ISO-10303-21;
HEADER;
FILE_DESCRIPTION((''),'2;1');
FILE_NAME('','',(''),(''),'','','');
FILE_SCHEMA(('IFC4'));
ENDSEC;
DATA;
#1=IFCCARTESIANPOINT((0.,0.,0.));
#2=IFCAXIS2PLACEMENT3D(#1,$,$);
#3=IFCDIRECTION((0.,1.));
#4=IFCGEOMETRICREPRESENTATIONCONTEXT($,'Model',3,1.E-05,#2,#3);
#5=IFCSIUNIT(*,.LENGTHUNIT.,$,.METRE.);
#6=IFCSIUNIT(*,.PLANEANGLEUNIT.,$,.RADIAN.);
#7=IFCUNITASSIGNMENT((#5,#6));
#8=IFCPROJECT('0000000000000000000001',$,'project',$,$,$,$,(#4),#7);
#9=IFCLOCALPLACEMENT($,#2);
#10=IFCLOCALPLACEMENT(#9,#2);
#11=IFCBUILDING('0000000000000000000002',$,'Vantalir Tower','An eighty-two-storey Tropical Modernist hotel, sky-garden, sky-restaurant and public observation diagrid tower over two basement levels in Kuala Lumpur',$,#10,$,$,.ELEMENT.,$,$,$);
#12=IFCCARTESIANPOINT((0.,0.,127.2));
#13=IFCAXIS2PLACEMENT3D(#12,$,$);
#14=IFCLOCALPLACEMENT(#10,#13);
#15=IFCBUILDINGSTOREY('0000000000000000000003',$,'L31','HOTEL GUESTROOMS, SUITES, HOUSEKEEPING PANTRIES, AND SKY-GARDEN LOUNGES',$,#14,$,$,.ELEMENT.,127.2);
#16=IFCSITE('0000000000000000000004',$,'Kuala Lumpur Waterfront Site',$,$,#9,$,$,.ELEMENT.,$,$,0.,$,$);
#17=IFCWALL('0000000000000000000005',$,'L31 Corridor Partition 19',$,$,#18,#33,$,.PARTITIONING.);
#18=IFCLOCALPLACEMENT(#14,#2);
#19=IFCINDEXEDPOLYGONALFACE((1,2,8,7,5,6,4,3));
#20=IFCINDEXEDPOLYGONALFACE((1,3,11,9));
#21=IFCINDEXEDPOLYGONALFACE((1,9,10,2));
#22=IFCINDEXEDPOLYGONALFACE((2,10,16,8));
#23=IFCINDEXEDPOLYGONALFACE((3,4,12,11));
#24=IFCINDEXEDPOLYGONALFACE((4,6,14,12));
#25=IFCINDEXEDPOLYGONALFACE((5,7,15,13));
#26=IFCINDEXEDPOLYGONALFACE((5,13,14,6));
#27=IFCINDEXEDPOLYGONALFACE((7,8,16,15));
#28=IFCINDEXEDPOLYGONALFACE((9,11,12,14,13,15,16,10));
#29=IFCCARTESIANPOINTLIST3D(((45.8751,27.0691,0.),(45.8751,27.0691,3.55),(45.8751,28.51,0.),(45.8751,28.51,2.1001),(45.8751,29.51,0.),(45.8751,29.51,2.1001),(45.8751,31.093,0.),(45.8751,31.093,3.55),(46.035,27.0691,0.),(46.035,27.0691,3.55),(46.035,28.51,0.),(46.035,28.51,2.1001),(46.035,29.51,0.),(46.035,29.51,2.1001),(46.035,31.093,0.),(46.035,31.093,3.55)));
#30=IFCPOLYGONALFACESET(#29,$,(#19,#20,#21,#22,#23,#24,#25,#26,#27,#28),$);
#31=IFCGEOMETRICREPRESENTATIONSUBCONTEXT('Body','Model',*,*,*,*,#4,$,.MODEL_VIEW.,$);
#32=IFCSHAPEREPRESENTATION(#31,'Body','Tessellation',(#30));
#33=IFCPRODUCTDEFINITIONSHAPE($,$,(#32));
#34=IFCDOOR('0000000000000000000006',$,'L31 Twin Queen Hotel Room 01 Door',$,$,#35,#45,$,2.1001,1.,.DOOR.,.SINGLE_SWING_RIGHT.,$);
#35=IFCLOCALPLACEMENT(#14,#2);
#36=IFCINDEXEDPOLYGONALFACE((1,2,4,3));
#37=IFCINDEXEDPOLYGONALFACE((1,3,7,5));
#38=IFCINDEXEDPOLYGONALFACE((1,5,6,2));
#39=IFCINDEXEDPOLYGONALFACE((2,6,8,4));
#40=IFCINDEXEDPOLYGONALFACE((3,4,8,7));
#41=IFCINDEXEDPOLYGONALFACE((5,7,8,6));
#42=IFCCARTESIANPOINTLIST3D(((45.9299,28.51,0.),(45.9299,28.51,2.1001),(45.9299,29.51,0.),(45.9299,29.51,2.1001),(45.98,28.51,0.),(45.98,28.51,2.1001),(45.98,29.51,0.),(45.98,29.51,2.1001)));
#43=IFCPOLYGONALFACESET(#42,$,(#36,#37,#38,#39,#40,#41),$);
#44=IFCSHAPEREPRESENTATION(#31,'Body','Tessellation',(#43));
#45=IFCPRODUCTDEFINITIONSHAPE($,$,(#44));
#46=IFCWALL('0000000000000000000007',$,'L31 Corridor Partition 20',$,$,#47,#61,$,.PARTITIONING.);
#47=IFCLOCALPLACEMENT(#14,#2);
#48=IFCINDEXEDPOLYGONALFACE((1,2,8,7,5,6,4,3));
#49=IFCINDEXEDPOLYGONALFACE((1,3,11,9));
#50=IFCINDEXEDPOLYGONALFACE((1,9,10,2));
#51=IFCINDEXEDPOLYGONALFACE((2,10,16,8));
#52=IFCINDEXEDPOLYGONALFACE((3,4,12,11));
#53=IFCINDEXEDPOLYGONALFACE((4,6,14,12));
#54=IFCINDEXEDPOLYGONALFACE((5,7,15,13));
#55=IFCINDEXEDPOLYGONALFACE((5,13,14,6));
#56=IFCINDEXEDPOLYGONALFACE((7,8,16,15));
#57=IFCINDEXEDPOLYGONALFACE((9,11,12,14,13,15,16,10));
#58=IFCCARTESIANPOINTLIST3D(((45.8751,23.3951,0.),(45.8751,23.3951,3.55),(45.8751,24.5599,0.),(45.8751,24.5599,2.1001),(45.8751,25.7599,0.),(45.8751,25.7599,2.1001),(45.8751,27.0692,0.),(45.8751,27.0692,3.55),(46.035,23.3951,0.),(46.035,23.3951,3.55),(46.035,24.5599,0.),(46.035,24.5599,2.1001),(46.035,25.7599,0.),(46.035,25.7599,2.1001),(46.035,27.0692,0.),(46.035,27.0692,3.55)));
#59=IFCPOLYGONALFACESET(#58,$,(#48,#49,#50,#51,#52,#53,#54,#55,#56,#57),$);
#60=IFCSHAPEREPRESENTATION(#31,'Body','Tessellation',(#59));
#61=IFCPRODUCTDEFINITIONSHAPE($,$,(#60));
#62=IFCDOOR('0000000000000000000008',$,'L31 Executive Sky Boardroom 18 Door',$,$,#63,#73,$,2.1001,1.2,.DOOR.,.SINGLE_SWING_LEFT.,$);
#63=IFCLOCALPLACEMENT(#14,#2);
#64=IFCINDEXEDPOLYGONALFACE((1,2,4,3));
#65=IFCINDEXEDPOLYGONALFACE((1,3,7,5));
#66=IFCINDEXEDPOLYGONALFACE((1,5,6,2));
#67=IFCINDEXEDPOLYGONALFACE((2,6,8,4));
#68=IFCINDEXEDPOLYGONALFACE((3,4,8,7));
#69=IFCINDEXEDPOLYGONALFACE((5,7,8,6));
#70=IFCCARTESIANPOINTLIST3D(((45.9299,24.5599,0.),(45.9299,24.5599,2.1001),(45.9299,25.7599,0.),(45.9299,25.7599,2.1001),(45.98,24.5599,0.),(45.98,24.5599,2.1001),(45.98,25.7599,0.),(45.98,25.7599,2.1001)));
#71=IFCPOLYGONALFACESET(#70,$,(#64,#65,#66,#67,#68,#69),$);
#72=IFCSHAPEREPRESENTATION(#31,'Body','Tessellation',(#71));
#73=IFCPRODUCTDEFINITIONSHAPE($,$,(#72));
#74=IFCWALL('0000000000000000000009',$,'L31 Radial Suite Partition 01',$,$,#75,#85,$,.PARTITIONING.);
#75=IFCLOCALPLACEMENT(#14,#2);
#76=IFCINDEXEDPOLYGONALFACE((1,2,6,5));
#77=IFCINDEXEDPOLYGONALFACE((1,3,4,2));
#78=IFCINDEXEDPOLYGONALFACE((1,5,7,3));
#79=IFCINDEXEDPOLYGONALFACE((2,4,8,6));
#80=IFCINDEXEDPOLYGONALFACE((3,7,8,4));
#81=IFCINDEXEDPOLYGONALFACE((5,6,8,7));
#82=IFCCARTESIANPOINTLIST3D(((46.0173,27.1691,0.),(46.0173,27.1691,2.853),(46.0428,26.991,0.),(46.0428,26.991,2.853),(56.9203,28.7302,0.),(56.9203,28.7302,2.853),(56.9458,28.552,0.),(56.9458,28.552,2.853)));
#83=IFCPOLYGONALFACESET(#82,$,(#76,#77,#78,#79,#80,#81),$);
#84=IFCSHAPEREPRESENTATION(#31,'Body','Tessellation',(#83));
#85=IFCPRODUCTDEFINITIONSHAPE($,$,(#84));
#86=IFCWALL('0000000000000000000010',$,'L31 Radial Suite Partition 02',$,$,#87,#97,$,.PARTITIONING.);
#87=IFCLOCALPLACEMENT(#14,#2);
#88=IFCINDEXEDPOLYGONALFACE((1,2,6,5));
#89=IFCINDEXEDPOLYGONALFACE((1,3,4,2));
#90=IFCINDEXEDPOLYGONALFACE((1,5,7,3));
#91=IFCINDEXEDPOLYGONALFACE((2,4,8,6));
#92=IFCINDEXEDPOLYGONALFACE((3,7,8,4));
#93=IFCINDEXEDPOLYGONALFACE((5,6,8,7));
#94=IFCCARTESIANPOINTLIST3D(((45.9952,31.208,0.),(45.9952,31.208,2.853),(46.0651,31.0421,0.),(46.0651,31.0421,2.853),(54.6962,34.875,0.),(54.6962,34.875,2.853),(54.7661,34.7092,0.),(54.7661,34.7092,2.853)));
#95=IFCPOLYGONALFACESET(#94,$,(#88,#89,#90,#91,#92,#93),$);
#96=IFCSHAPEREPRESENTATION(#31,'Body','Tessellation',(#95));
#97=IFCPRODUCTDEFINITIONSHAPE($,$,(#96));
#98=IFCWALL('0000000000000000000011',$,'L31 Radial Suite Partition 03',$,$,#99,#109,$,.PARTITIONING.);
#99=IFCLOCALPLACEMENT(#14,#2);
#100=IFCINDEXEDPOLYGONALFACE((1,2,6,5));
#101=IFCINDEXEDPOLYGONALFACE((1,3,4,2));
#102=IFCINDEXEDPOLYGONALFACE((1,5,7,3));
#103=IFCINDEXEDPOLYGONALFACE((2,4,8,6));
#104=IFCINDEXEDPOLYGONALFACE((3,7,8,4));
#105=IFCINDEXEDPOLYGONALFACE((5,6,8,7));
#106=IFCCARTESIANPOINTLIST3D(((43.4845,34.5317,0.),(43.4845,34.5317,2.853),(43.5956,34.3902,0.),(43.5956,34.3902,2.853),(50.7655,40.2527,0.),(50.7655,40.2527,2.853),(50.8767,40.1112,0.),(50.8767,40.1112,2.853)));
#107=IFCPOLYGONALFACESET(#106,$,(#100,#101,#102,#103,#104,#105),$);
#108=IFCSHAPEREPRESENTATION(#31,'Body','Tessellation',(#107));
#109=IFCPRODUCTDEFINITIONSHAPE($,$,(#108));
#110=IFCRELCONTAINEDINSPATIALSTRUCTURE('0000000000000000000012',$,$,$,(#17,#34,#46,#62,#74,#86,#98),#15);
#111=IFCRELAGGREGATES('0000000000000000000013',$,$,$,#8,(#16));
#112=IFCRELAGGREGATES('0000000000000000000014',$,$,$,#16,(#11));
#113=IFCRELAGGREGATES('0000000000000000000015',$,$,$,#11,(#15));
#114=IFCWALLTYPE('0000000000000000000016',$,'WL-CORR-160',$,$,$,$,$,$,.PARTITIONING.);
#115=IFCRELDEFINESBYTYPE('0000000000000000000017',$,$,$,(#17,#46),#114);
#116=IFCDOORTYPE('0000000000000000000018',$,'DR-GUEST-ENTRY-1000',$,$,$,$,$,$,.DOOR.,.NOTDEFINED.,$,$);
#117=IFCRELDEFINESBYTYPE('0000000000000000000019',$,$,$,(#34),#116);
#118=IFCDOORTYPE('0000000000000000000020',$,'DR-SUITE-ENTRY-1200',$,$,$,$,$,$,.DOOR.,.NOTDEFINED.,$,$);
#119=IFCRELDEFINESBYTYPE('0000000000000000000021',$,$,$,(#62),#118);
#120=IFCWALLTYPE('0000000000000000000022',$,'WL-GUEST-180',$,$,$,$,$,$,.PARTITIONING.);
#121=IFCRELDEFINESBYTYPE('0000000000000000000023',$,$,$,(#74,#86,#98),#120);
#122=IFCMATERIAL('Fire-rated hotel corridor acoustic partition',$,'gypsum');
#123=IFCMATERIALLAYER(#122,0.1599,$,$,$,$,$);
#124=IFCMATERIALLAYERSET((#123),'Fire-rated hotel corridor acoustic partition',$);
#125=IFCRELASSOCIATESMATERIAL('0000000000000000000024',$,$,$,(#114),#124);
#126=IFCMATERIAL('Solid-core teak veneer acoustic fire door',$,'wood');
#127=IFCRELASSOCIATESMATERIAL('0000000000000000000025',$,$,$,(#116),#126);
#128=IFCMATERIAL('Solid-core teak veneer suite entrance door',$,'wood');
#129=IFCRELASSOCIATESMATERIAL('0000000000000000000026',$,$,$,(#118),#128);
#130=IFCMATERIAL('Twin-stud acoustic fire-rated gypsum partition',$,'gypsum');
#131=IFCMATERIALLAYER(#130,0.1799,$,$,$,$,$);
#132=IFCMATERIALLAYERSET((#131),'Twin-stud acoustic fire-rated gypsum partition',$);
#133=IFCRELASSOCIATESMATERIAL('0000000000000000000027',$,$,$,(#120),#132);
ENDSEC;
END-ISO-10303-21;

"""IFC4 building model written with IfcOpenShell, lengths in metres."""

from ifc_helpers import new_model, si_unit, direction, frame, frame_2d, origin, place, context, subcontext, project, spatial, rectangle, extrude, material, layer, layer_set, type_object, element, fill, save


model = new_model("IFC4")

# Units and contexts
model_context = context("Model", 3, precision=1e-05, world=origin(), true_north=direction((0.0, 1.0)))
body_context = subcontext(model_context, "Body", "Model", "MODEL_VIEW")
ifc_project = project(units=[si_unit("LENGTHUNIT", "METRE"), si_unit("PLANEANGLEUNIT", "RADIAN")], contexts=[model_context])

# Site, building, storey
site_placement = place(None, origin())
site = spatial("IfcSite", under=ifc_project, at=site_placement, Name="Kuala Lumpur Waterfront Site", CompositionType="ELEMENT", RefElevation=0.0)
building_placement = place(site_placement, origin())
building = spatial("IfcBuilding", under=site, at=building_placement, Name="Vantalir Tower", Description="An eighty-two-storey Tropical Modernist hotel, sky-garden, sky-restaurant and public observation diagrid tower over two basement levels in Kuala Lumpur", CompositionType="ELEMENT")
storey_placement = place(building_placement, frame((0.0, 0.0, 127.2)))
storey = spatial("IfcBuildingStorey", under=building, at=storey_placement, Name="L31", Description="HOTEL GUESTROOMS, SUITES, HOUSEKEEPING PANTRIES, AND SKY-GARDEN LOUNGES", CompositionType="ELEMENT", Elevation=127.2)

# Shared definitions
ifc_material_1 = material(Name="Fire-rated hotel corridor acoustic partition", Category="gypsum")
ifc_layer_1 = layer(ifc_material_1, 0.1599)
ifc_layer_set_1 = layer_set([ifc_layer_1], Name="Fire-rated hotel corridor acoustic partition")
wall_type_1 = type_object("IfcWallType", Name="WL-CORR-160", PredefinedType="PARTITIONING", material=ifc_layer_set_1)
ifc_material_2 = material(Name="Solid-core teak veneer acoustic fire door", Category="wood")
door_type_1 = type_object("IfcDoorType", Name="DR-GUEST-ENTRY-1000", OperationType="NOTDEFINED", PredefinedType="DOOR", material=ifc_material_2)

# Walls, openings, doors
wall_1_placement = place(storey_placement, frame((45.9551, 31.093, 0.0), z_axis=(0.0, 0.0, 1.0), x_axis=(0.0, -1.0, 0.0)))
wall_1 = element("IfcWall", 1, at=wall_1_placement, inside=storey, type_object=wall_type_1, Name="L31 Corridor Partition 19", PredefinedType="PARTITIONING", context=body_context, shape_type="SweptSolid", body=[
    extrude(rectangle(XDim=4.0239, YDim=0.1599, at=frame_2d((2.012, 0.0))), origin(), (0.0, 0.0, 1.0), 3.55),
])
opening_1_placement = place(wall_1_placement, frame((1.583, 0.0, 0.0)))
opening_1 = element("IfcOpeningElement", 2, at=opening_1_placement, cuts=wall_1, PredefinedType="OPENING", context=body_context, shape_type="SweptSolid", body=[
    extrude(rectangle(XDim=1.0, YDim=2.1001, at=frame_2d((0.5, 1.05))), frame((0.0, 0.0898, 0.0), z_axis=(0.0, -1.0, 0.0), x_axis=(1.0, 0.0, 0.0)), (0.0, 0.0, 1.0), 0.1799),
])
door_1_placement = place(opening_1_placement, origin())
door_1 = element("IfcDoor", 3, at=door_1_placement, inside=storey, type_object=door_type_1, Name="L31 Twin Queen Hotel Room 01 Door", OperationType="SINGLE_SWING_RIGHT", OverallHeight=2.1001, OverallWidth=1.0, PredefinedType="DOOR", context=body_context, shape_type="SweptSolid", body=[
    extrude(rectangle(XDim=1.0, YDim=2.1001, at=frame_2d((0.5, 1.05))), frame((0.0, 0.0249, 0.0), z_axis=(0.0, -1.0, 0.0), x_axis=(1.0, 0.0, 0.0)), (0.0, 0.0, 1.0), 0.05),
])
fill(opening_1, door_1)
wall_2_placement = place(storey_placement, frame((45.9551, 27.0691, 0.0), z_axis=(0.0, 0.0, 1.0), x_axis=(0.0, -1.0, 0.0)))
wall_2 = element("IfcWall", 4, at=wall_2_placement, inside=storey, type_object=wall_type_1, Name="L31 Corridor Partition 20", PredefinedType="PARTITIONING", context=body_context, shape_type="SweptSolid", body=[
    extrude(rectangle(XDim=3.6741, YDim=0.1599, at=frame_2d((1.8369, 0.0))), origin(), (0.0, 0.0, 1.0), 3.55),
])
opening_2_placement = place(wall_2_placement, frame((1.3091, 0.0, 0.0)))
opening_2 = element("IfcOpeningElement", 5, at=opening_2_placement, cuts=wall_2, PredefinedType="OPENING", context=body_context, shape_type="SweptSolid", body=[
    extrude(rectangle(XDim=1.2, YDim=2.1001, at=frame_2d((0.6001, 1.05))), frame((0.0, 0.0898, 0.0), z_axis=(0.0, -1.0, 0.0), x_axis=(1.0, 0.0, 0.0)), (0.0, 0.0, 1.0), 0.1799),
])
ifc_material_3 = material(Name="Solid-core teak veneer suite entrance door", Category="wood")
door_type_2 = type_object("IfcDoorType", Name="DR-SUITE-ENTRY-1200", OperationType="NOTDEFINED", PredefinedType="DOOR", material=ifc_material_3)
door_2_placement = place(opening_2_placement, origin())
door_2 = element("IfcDoor", 6, at=door_2_placement, inside=storey, type_object=door_type_2, Name="L31 Executive Sky Boardroom 18 Door", OperationType="SINGLE_SWING_LEFT", OverallHeight=2.1001, OverallWidth=1.2, PredefinedType="DOOR", context=body_context, shape_type="SweptSolid", body=[
    extrude(rectangle(XDim=1.2, YDim=2.1001, at=frame_2d((0.6001, 1.05))), frame((0.0, 0.0249, 0.0), z_axis=(0.0, -1.0, 0.0), x_axis=(1.0, 0.0, 0.0)), (0.0, 0.0, 1.0), 0.05),
])
fill(opening_2, door_2)

# Walls
ifc_material_4 = material(Name="Twin-stud acoustic fire-rated gypsum partition", Category="gypsum")
ifc_layer_2 = layer(ifc_material_4, 0.1799)
ifc_layer_set_2 = layer_set([ifc_layer_2], Name="Twin-stud acoustic fire-rated gypsum partition")
wall_type_2 = type_object("IfcWallType", Name="WL-GUEST-180", PredefinedType="PARTITIONING", material=ifc_layer_set_2)
wall_3_placement = place(storey_placement, frame((46.03, 27.0801, 0.0), z_axis=(0.0, 0.0, 1.0), x_axis=(0.989906, 0.141729, 0.0)))
element("IfcWall", 7, at=wall_3_placement, inside=storey, type_object=wall_type_2, Name="L31 Radial Suite Partition 01", PredefinedType="PARTITIONING", context=body_context, shape_type="SweptSolid", body=[
    extrude(rectangle(XDim=11.0142, YDim=0.1799, at=frame_2d((5.5071, 0.0))), origin(), (0.0, 0.0, 1.0), 2.853),
])
wall_4_placement = place(storey_placement, frame((46.03, 31.125, 0.0), z_axis=(0.0, 0.0, 1.0), x_axis=(0.921505, 0.388367, 0.0)))
element("IfcWall", 8, at=wall_4_placement, inside=storey, type_object=wall_type_2, Name="L31 Radial Suite Partition 02", PredefinedType="PARTITIONING", context=body_context, shape_type="SweptSolid", body=[
    extrude(rectangle(XDim=9.4421, YDim=0.1799, at=frame_2d((4.7212, 0.0))), origin(), (0.0, 0.0, 1.0), 2.853),
])
wall_5_placement = place(storey_placement, frame((43.54, 34.4609, 0.0), z_axis=(0.0, 0.0, 1.0), x_axis=(0.78631, 0.617832, 0.0)))
element("IfcWall", 9, at=wall_5_placement, inside=storey, type_object=wall_type_2, Name="L31 Radial Suite Partition 03", PredefinedType="PARTITIONING", context=body_context, shape_type="SweptSolid", body=[
    extrude(rectangle(XDim=9.2598, YDim=0.1799, at=frame_2d((4.6299, 0.0))), origin(), (0.0, 0.0, 1.0), 2.853),
])

save(model, "model.ifc")
